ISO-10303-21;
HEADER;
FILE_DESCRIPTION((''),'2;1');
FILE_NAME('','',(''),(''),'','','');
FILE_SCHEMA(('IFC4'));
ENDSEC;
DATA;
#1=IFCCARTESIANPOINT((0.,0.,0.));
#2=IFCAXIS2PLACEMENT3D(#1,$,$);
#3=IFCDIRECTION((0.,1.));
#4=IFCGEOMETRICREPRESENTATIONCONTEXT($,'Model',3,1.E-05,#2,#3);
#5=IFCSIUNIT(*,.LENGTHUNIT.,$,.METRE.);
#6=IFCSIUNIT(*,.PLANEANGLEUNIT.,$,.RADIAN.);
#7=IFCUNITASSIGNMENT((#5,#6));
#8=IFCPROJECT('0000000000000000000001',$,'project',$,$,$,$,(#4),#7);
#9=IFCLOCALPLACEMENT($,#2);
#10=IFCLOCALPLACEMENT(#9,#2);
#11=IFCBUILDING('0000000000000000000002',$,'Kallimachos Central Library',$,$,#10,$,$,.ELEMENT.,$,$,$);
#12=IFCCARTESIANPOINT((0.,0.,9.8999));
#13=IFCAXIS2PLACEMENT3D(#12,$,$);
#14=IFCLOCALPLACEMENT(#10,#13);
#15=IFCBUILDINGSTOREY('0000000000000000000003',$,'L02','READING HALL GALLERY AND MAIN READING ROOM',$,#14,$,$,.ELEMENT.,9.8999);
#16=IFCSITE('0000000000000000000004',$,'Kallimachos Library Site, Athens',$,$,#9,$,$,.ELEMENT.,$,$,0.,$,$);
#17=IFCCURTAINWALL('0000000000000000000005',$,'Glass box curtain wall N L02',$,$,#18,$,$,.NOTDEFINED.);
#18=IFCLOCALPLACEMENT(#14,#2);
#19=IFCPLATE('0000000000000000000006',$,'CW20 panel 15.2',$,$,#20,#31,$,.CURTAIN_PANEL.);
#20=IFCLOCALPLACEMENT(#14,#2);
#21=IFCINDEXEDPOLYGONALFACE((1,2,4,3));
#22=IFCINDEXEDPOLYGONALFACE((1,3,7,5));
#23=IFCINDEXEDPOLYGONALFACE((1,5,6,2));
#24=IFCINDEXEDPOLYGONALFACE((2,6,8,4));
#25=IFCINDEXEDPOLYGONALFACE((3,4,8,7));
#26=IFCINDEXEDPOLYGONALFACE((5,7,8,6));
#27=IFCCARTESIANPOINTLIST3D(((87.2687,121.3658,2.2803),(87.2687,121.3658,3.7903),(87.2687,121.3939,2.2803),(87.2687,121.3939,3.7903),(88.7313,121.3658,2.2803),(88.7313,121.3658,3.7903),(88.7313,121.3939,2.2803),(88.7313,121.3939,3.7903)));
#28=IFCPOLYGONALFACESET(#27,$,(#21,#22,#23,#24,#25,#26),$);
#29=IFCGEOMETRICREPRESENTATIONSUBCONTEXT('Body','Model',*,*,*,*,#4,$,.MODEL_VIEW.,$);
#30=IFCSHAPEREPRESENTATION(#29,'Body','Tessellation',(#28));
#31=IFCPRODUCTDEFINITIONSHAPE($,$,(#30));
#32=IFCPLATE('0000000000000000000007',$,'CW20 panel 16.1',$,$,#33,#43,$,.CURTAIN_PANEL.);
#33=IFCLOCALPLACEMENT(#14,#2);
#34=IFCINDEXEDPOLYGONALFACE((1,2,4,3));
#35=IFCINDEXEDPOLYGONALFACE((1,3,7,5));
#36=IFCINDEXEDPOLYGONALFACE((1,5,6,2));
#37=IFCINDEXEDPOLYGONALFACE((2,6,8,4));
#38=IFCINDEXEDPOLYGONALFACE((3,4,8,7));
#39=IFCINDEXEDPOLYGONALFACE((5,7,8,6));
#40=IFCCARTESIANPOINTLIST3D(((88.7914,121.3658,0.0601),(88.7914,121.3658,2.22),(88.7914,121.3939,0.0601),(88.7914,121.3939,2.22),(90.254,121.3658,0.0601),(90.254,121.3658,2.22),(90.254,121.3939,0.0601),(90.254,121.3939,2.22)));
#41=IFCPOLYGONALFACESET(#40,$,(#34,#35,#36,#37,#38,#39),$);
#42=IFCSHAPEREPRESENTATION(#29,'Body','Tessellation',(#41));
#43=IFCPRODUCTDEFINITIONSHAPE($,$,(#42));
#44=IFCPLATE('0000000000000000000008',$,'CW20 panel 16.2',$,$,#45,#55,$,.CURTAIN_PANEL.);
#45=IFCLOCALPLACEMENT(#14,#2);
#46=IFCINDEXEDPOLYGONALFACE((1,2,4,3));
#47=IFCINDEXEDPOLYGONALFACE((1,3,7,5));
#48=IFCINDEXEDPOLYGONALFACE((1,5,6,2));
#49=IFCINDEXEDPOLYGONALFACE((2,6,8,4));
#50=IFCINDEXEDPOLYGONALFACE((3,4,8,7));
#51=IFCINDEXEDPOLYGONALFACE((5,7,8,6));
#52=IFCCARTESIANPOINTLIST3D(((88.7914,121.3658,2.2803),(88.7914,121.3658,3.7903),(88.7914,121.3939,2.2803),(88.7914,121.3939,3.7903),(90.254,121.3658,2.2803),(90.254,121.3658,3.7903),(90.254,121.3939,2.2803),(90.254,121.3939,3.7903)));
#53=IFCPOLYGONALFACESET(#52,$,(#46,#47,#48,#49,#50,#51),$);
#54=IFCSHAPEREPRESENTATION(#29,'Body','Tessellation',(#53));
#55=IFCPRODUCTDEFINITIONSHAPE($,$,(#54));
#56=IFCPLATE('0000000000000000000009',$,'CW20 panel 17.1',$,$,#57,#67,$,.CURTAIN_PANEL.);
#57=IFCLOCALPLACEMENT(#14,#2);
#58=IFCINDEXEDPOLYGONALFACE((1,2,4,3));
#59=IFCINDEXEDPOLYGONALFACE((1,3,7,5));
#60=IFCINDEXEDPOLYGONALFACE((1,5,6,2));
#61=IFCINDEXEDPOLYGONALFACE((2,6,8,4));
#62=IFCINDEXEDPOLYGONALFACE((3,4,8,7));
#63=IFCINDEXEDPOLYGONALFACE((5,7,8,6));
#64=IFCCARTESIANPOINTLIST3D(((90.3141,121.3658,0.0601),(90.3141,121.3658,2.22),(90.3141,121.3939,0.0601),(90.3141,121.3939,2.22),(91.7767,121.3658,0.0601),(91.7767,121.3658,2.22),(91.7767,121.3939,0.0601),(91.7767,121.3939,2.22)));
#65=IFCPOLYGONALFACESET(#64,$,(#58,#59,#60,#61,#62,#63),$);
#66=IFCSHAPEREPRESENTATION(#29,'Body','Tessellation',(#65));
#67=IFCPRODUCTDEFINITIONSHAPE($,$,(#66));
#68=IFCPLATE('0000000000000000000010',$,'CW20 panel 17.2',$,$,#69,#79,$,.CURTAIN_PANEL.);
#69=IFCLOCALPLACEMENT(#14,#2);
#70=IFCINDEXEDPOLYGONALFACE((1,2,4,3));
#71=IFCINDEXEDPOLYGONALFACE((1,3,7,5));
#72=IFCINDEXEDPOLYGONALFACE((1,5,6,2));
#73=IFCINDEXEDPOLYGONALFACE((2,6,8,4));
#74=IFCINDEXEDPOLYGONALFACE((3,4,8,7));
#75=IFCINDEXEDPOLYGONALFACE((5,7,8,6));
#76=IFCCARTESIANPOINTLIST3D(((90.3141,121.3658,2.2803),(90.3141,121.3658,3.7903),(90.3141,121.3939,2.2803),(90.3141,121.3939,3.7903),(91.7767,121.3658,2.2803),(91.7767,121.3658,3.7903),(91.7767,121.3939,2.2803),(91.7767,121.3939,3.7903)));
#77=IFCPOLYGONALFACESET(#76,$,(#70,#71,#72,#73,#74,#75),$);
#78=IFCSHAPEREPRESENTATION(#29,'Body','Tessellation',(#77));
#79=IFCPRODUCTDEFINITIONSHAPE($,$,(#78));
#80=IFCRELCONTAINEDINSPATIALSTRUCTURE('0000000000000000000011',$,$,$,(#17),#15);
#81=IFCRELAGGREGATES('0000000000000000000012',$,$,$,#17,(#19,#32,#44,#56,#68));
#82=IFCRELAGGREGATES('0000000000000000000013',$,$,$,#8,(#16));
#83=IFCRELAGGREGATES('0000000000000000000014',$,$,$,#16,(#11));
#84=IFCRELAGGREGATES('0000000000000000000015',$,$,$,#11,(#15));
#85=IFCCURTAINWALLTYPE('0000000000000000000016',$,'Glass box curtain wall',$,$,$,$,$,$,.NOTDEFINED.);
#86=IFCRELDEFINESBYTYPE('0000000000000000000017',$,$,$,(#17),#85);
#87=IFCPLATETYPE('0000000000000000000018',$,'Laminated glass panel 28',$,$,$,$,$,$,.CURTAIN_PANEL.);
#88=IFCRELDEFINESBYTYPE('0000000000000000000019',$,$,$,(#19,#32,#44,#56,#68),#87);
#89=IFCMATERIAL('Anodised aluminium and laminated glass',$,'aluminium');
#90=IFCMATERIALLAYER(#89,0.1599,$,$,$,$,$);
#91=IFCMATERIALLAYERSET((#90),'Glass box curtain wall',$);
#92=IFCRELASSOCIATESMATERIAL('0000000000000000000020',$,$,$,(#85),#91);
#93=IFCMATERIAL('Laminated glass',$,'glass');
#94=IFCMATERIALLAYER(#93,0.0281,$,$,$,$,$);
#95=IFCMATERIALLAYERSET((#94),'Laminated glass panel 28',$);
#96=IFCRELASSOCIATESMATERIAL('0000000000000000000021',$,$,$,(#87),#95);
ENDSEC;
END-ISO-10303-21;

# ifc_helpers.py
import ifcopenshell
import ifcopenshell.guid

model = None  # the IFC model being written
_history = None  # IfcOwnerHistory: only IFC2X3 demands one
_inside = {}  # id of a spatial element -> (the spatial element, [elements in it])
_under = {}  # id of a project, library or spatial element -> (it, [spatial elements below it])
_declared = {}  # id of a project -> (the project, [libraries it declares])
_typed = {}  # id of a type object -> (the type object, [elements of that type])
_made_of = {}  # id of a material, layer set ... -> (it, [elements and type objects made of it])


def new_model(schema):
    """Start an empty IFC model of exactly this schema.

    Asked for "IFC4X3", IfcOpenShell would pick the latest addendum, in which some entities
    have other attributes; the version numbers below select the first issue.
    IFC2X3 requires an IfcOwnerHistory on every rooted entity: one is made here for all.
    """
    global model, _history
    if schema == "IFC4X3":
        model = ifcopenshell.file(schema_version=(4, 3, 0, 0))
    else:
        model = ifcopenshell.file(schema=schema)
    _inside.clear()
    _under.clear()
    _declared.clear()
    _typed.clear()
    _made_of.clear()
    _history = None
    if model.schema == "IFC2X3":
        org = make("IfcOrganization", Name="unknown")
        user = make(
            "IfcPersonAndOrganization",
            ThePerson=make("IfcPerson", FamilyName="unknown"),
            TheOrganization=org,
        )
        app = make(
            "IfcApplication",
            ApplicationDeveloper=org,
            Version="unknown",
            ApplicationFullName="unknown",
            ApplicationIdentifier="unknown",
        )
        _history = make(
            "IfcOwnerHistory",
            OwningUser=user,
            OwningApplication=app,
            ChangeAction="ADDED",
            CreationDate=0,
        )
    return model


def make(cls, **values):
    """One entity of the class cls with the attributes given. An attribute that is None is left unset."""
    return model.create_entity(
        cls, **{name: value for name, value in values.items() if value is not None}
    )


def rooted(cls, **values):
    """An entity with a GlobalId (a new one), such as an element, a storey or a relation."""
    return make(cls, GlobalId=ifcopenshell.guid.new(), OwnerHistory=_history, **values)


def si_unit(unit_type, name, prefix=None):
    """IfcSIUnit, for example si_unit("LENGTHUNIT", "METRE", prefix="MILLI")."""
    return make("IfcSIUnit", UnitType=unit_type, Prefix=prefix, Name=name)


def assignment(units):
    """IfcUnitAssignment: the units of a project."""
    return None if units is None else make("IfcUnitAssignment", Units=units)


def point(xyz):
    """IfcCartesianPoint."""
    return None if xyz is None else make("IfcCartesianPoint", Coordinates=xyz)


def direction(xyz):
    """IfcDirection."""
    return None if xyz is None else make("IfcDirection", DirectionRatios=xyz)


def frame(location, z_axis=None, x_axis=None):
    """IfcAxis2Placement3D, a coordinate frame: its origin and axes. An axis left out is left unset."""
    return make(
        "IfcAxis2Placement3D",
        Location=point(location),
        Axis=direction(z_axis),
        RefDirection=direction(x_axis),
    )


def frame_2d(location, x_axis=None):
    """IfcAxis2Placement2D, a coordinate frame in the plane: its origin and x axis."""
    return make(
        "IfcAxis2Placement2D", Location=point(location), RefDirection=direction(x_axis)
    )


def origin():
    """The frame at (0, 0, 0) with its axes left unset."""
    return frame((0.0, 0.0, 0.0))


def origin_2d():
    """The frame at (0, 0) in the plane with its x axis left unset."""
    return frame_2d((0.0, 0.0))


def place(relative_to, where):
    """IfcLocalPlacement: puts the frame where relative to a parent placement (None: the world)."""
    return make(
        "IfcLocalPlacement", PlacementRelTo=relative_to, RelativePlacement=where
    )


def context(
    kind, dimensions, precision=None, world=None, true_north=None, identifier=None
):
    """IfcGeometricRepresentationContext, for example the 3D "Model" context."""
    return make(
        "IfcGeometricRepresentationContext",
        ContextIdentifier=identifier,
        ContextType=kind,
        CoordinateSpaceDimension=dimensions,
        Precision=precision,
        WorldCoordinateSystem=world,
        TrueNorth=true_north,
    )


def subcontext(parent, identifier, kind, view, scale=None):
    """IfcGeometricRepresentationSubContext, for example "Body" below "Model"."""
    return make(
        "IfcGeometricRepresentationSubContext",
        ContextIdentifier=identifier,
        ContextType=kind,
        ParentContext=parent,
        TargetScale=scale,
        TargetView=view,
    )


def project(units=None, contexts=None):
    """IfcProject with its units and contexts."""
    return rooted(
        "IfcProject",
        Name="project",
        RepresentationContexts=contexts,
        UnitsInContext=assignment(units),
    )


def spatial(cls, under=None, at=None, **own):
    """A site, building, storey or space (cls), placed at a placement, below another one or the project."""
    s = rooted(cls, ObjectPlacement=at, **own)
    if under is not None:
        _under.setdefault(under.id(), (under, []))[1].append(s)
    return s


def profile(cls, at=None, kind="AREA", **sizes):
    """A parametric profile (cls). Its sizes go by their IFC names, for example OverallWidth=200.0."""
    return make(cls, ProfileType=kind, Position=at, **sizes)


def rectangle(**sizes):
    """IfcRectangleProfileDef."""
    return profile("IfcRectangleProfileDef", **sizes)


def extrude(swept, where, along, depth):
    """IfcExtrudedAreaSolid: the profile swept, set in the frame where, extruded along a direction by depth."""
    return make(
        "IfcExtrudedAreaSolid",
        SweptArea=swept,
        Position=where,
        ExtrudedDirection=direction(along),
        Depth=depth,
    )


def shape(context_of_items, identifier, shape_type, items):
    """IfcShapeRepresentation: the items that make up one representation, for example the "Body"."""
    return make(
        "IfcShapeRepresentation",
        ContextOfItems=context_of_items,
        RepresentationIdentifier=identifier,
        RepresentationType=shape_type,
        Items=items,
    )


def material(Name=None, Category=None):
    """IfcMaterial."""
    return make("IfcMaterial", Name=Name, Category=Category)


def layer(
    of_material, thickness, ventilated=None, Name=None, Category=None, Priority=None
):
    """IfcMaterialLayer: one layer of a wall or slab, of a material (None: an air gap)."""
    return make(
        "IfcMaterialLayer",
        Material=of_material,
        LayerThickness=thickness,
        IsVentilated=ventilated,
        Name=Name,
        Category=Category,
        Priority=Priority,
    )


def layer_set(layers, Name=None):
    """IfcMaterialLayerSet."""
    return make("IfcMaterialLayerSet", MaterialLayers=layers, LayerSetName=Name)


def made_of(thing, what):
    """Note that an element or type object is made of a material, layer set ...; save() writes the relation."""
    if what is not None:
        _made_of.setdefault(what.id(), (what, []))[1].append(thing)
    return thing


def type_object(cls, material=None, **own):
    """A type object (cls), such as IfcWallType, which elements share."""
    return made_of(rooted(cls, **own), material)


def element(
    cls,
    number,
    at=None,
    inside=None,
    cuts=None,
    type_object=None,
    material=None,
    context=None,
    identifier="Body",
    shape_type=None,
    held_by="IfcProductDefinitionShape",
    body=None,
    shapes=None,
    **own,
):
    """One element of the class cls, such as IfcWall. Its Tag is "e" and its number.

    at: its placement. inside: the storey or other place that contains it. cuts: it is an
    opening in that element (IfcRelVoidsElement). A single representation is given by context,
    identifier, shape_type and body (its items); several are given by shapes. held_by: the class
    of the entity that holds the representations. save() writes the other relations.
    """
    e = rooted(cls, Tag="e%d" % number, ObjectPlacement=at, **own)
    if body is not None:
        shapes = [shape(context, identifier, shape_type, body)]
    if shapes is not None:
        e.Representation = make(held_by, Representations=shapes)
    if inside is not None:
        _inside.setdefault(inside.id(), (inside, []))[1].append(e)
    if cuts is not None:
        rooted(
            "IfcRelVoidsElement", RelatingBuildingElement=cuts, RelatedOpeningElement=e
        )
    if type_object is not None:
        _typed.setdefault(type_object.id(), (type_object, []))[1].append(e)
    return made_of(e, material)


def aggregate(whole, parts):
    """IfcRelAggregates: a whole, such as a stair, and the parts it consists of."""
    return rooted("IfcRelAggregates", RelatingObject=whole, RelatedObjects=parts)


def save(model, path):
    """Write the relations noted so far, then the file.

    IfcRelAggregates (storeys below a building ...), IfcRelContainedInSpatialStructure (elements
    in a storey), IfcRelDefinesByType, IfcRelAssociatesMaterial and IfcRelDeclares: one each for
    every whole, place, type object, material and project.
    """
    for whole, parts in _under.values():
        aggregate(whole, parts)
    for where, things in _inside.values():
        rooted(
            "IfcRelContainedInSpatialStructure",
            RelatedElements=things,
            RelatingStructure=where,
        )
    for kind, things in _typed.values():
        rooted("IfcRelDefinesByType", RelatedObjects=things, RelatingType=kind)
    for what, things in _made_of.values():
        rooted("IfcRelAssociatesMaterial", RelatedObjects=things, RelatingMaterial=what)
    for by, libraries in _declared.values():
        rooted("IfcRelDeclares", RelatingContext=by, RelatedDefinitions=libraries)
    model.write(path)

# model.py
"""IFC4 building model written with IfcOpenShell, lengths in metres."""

from ifc_helpers import new_model, si_unit, direction, frame, origin, origin_2d, place, context, subcontext, project, spatial, rectangle, extrude, material, layer, layer_set, type_object, element, aggregate, save


model = new_model("IFC4")

# Units and contexts
model_context = context("Model", 3, precision=1e-05, world=origin(), true_north=direction((0.0, 1.0)))
body_context = subcontext(model_context, "Body", "Model", "MODEL_VIEW")
ifc_project = project(units=[si_unit("LENGTHUNIT", "METRE"), si_unit("PLANEANGLEUNIT", "RADIAN")], contexts=[model_context])

# Site, building, storey
site_placement = place(None, origin())
site = spatial("IfcSite", under=ifc_project, at=site_placement, Name="Kallimachos Library Site, Athens", CompositionType="ELEMENT", RefElevation=0.0)
building_placement = place(site_placement, origin())
building = spatial("IfcBuilding", under=site, at=building_placement, Name="Kallimachos Central Library", CompositionType="ELEMENT")
storey_placement = place(building_placement, frame((0.0, 0.0, 9.8999)))
storey = spatial("IfcBuildingStorey", under=building, at=storey_placement, Name="L02", Description="READING HALL GALLERY AND MAIN READING ROOM", CompositionType="ELEMENT", Elevation=9.8999)

# Curtain wall, plates
ifc_material_1 = material(Name="Anodised aluminium and laminated glass", Category="aluminium")
ifc_layer_1 = layer(ifc_material_1, 0.1599)
ifc_layer_set_1 = layer_set([ifc_layer_1], Name="Glass box curtain wall")
curtain_wall_type = type_object("IfcCurtainWallType", Name="Glass box curtain wall", PredefinedType="NOTDEFINED", material=ifc_layer_set_1)
curtain_wall_placement = place(storey_placement, origin())
curtain_wall = element("IfcCurtainWall", 1, at=curtain_wall_placement, inside=storey, type_object=curtain_wall_type, Name="Glass box curtain wall N L02", PredefinedType="NOTDEFINED")
ifc_material_2 = material(Name="Laminated glass", Category="glass")
ifc_layer_2 = layer(ifc_material_2, 0.0281)
ifc_layer_set_2 = layer_set([ifc_layer_2], Name="Laminated glass panel 28")
plate_type = type_object("IfcPlateType", Name="Laminated glass panel 28", PredefinedType="CURTAIN_PANEL", material=ifc_layer_set_2)
plate_1_placement = place(storey_placement, frame((88.0, 121.3799, 2.2803), z_axis=(0.0, 0.0, 1.0), x_axis=(1.0, 0.0, 0.0)))
plate_1 = element("IfcPlate", 2, at=plate_1_placement, type_object=plate_type, Name="CW20 panel 15.2", PredefinedType="CURTAIN_PANEL", context=body_context, shape_type="SweptSolid", body=[
    extrude(rectangle(XDim=1.4626, YDim=0.0281, at=origin_2d()), origin(), (0.0, 0.0, 1.0), 1.51),
])
plate_2_placement = place(storey_placement, frame((89.5227, 121.3799, 0.0601), z_axis=(0.0, 0.0, 1.0), x_axis=(1.0, 0.0, 0.0)))
plate_2 = element("IfcPlate", 3, at=plate_2_placement, type_object=plate_type, Name="CW20 panel 16.1", PredefinedType="CURTAIN_PANEL", context=body_context, shape_type="SweptSolid", body=[
    extrude(rectangle(XDim=1.4626, YDim=0.0281, at=origin_2d()), origin(), (0.0, 0.0, 1.0), 2.1599),
])
plate_3_placement = place(storey_placement, frame((89.5227, 121.3799, 2.2803), z_axis=(0.0, 0.0, 1.0), x_axis=(1.0, 0.0, 0.0)))
plate_3 = element("IfcPlate", 4, at=plate_3_placement, type_object=plate_type, Name="CW20 panel 16.2", PredefinedType="CURTAIN_PANEL", context=body_context, shape_type="SweptSolid", body=[
    extrude(rectangle(XDim=1.4626, YDim=0.0281, at=origin_2d()), origin(), (0.0, 0.0, 1.0), 1.51),
])
plate_4_placement = place(storey_placement, frame((91.0454, 121.3799, 0.0601), z_axis=(0.0, 0.0, 1.0), x_axis=(1.0, 0.0, 0.0)))
plate_4 = element("IfcPlate", 5, at=plate_4_placement, type_object=plate_type, Name="CW20 panel 17.1", PredefinedType="CURTAIN_PANEL", context=body_context, shape_type="SweptSolid", body=[
    extrude(rectangle(XDim=1.4626, YDim=0.0281, at=origin_2d()), origin(), (0.0, 0.0, 1.0), 2.1599),
])
plate_5_placement = place(storey_placement, frame((91.0454, 121.3799, 2.2803), z_axis=(0.0, 0.0, 1.0), x_axis=(1.0, 0.0, 0.0)))
plate_5 = element("IfcPlate", 6, at=plate_5_placement, type_object=plate_type, Name="CW20 panel 17.2", PredefinedType="CURTAIN_PANEL", context=body_context, shape_type="SweptSolid", body=[
    extrude(rectangle(XDim=1.4626, YDim=0.0281, at=origin_2d()), origin(), (0.0, 0.0, 1.0), 1.51),
])
aggregate(curtain_wall, [plate_1, plate_2, plate_3, plate_4, plate_5])

save(model, "model.ifc")
